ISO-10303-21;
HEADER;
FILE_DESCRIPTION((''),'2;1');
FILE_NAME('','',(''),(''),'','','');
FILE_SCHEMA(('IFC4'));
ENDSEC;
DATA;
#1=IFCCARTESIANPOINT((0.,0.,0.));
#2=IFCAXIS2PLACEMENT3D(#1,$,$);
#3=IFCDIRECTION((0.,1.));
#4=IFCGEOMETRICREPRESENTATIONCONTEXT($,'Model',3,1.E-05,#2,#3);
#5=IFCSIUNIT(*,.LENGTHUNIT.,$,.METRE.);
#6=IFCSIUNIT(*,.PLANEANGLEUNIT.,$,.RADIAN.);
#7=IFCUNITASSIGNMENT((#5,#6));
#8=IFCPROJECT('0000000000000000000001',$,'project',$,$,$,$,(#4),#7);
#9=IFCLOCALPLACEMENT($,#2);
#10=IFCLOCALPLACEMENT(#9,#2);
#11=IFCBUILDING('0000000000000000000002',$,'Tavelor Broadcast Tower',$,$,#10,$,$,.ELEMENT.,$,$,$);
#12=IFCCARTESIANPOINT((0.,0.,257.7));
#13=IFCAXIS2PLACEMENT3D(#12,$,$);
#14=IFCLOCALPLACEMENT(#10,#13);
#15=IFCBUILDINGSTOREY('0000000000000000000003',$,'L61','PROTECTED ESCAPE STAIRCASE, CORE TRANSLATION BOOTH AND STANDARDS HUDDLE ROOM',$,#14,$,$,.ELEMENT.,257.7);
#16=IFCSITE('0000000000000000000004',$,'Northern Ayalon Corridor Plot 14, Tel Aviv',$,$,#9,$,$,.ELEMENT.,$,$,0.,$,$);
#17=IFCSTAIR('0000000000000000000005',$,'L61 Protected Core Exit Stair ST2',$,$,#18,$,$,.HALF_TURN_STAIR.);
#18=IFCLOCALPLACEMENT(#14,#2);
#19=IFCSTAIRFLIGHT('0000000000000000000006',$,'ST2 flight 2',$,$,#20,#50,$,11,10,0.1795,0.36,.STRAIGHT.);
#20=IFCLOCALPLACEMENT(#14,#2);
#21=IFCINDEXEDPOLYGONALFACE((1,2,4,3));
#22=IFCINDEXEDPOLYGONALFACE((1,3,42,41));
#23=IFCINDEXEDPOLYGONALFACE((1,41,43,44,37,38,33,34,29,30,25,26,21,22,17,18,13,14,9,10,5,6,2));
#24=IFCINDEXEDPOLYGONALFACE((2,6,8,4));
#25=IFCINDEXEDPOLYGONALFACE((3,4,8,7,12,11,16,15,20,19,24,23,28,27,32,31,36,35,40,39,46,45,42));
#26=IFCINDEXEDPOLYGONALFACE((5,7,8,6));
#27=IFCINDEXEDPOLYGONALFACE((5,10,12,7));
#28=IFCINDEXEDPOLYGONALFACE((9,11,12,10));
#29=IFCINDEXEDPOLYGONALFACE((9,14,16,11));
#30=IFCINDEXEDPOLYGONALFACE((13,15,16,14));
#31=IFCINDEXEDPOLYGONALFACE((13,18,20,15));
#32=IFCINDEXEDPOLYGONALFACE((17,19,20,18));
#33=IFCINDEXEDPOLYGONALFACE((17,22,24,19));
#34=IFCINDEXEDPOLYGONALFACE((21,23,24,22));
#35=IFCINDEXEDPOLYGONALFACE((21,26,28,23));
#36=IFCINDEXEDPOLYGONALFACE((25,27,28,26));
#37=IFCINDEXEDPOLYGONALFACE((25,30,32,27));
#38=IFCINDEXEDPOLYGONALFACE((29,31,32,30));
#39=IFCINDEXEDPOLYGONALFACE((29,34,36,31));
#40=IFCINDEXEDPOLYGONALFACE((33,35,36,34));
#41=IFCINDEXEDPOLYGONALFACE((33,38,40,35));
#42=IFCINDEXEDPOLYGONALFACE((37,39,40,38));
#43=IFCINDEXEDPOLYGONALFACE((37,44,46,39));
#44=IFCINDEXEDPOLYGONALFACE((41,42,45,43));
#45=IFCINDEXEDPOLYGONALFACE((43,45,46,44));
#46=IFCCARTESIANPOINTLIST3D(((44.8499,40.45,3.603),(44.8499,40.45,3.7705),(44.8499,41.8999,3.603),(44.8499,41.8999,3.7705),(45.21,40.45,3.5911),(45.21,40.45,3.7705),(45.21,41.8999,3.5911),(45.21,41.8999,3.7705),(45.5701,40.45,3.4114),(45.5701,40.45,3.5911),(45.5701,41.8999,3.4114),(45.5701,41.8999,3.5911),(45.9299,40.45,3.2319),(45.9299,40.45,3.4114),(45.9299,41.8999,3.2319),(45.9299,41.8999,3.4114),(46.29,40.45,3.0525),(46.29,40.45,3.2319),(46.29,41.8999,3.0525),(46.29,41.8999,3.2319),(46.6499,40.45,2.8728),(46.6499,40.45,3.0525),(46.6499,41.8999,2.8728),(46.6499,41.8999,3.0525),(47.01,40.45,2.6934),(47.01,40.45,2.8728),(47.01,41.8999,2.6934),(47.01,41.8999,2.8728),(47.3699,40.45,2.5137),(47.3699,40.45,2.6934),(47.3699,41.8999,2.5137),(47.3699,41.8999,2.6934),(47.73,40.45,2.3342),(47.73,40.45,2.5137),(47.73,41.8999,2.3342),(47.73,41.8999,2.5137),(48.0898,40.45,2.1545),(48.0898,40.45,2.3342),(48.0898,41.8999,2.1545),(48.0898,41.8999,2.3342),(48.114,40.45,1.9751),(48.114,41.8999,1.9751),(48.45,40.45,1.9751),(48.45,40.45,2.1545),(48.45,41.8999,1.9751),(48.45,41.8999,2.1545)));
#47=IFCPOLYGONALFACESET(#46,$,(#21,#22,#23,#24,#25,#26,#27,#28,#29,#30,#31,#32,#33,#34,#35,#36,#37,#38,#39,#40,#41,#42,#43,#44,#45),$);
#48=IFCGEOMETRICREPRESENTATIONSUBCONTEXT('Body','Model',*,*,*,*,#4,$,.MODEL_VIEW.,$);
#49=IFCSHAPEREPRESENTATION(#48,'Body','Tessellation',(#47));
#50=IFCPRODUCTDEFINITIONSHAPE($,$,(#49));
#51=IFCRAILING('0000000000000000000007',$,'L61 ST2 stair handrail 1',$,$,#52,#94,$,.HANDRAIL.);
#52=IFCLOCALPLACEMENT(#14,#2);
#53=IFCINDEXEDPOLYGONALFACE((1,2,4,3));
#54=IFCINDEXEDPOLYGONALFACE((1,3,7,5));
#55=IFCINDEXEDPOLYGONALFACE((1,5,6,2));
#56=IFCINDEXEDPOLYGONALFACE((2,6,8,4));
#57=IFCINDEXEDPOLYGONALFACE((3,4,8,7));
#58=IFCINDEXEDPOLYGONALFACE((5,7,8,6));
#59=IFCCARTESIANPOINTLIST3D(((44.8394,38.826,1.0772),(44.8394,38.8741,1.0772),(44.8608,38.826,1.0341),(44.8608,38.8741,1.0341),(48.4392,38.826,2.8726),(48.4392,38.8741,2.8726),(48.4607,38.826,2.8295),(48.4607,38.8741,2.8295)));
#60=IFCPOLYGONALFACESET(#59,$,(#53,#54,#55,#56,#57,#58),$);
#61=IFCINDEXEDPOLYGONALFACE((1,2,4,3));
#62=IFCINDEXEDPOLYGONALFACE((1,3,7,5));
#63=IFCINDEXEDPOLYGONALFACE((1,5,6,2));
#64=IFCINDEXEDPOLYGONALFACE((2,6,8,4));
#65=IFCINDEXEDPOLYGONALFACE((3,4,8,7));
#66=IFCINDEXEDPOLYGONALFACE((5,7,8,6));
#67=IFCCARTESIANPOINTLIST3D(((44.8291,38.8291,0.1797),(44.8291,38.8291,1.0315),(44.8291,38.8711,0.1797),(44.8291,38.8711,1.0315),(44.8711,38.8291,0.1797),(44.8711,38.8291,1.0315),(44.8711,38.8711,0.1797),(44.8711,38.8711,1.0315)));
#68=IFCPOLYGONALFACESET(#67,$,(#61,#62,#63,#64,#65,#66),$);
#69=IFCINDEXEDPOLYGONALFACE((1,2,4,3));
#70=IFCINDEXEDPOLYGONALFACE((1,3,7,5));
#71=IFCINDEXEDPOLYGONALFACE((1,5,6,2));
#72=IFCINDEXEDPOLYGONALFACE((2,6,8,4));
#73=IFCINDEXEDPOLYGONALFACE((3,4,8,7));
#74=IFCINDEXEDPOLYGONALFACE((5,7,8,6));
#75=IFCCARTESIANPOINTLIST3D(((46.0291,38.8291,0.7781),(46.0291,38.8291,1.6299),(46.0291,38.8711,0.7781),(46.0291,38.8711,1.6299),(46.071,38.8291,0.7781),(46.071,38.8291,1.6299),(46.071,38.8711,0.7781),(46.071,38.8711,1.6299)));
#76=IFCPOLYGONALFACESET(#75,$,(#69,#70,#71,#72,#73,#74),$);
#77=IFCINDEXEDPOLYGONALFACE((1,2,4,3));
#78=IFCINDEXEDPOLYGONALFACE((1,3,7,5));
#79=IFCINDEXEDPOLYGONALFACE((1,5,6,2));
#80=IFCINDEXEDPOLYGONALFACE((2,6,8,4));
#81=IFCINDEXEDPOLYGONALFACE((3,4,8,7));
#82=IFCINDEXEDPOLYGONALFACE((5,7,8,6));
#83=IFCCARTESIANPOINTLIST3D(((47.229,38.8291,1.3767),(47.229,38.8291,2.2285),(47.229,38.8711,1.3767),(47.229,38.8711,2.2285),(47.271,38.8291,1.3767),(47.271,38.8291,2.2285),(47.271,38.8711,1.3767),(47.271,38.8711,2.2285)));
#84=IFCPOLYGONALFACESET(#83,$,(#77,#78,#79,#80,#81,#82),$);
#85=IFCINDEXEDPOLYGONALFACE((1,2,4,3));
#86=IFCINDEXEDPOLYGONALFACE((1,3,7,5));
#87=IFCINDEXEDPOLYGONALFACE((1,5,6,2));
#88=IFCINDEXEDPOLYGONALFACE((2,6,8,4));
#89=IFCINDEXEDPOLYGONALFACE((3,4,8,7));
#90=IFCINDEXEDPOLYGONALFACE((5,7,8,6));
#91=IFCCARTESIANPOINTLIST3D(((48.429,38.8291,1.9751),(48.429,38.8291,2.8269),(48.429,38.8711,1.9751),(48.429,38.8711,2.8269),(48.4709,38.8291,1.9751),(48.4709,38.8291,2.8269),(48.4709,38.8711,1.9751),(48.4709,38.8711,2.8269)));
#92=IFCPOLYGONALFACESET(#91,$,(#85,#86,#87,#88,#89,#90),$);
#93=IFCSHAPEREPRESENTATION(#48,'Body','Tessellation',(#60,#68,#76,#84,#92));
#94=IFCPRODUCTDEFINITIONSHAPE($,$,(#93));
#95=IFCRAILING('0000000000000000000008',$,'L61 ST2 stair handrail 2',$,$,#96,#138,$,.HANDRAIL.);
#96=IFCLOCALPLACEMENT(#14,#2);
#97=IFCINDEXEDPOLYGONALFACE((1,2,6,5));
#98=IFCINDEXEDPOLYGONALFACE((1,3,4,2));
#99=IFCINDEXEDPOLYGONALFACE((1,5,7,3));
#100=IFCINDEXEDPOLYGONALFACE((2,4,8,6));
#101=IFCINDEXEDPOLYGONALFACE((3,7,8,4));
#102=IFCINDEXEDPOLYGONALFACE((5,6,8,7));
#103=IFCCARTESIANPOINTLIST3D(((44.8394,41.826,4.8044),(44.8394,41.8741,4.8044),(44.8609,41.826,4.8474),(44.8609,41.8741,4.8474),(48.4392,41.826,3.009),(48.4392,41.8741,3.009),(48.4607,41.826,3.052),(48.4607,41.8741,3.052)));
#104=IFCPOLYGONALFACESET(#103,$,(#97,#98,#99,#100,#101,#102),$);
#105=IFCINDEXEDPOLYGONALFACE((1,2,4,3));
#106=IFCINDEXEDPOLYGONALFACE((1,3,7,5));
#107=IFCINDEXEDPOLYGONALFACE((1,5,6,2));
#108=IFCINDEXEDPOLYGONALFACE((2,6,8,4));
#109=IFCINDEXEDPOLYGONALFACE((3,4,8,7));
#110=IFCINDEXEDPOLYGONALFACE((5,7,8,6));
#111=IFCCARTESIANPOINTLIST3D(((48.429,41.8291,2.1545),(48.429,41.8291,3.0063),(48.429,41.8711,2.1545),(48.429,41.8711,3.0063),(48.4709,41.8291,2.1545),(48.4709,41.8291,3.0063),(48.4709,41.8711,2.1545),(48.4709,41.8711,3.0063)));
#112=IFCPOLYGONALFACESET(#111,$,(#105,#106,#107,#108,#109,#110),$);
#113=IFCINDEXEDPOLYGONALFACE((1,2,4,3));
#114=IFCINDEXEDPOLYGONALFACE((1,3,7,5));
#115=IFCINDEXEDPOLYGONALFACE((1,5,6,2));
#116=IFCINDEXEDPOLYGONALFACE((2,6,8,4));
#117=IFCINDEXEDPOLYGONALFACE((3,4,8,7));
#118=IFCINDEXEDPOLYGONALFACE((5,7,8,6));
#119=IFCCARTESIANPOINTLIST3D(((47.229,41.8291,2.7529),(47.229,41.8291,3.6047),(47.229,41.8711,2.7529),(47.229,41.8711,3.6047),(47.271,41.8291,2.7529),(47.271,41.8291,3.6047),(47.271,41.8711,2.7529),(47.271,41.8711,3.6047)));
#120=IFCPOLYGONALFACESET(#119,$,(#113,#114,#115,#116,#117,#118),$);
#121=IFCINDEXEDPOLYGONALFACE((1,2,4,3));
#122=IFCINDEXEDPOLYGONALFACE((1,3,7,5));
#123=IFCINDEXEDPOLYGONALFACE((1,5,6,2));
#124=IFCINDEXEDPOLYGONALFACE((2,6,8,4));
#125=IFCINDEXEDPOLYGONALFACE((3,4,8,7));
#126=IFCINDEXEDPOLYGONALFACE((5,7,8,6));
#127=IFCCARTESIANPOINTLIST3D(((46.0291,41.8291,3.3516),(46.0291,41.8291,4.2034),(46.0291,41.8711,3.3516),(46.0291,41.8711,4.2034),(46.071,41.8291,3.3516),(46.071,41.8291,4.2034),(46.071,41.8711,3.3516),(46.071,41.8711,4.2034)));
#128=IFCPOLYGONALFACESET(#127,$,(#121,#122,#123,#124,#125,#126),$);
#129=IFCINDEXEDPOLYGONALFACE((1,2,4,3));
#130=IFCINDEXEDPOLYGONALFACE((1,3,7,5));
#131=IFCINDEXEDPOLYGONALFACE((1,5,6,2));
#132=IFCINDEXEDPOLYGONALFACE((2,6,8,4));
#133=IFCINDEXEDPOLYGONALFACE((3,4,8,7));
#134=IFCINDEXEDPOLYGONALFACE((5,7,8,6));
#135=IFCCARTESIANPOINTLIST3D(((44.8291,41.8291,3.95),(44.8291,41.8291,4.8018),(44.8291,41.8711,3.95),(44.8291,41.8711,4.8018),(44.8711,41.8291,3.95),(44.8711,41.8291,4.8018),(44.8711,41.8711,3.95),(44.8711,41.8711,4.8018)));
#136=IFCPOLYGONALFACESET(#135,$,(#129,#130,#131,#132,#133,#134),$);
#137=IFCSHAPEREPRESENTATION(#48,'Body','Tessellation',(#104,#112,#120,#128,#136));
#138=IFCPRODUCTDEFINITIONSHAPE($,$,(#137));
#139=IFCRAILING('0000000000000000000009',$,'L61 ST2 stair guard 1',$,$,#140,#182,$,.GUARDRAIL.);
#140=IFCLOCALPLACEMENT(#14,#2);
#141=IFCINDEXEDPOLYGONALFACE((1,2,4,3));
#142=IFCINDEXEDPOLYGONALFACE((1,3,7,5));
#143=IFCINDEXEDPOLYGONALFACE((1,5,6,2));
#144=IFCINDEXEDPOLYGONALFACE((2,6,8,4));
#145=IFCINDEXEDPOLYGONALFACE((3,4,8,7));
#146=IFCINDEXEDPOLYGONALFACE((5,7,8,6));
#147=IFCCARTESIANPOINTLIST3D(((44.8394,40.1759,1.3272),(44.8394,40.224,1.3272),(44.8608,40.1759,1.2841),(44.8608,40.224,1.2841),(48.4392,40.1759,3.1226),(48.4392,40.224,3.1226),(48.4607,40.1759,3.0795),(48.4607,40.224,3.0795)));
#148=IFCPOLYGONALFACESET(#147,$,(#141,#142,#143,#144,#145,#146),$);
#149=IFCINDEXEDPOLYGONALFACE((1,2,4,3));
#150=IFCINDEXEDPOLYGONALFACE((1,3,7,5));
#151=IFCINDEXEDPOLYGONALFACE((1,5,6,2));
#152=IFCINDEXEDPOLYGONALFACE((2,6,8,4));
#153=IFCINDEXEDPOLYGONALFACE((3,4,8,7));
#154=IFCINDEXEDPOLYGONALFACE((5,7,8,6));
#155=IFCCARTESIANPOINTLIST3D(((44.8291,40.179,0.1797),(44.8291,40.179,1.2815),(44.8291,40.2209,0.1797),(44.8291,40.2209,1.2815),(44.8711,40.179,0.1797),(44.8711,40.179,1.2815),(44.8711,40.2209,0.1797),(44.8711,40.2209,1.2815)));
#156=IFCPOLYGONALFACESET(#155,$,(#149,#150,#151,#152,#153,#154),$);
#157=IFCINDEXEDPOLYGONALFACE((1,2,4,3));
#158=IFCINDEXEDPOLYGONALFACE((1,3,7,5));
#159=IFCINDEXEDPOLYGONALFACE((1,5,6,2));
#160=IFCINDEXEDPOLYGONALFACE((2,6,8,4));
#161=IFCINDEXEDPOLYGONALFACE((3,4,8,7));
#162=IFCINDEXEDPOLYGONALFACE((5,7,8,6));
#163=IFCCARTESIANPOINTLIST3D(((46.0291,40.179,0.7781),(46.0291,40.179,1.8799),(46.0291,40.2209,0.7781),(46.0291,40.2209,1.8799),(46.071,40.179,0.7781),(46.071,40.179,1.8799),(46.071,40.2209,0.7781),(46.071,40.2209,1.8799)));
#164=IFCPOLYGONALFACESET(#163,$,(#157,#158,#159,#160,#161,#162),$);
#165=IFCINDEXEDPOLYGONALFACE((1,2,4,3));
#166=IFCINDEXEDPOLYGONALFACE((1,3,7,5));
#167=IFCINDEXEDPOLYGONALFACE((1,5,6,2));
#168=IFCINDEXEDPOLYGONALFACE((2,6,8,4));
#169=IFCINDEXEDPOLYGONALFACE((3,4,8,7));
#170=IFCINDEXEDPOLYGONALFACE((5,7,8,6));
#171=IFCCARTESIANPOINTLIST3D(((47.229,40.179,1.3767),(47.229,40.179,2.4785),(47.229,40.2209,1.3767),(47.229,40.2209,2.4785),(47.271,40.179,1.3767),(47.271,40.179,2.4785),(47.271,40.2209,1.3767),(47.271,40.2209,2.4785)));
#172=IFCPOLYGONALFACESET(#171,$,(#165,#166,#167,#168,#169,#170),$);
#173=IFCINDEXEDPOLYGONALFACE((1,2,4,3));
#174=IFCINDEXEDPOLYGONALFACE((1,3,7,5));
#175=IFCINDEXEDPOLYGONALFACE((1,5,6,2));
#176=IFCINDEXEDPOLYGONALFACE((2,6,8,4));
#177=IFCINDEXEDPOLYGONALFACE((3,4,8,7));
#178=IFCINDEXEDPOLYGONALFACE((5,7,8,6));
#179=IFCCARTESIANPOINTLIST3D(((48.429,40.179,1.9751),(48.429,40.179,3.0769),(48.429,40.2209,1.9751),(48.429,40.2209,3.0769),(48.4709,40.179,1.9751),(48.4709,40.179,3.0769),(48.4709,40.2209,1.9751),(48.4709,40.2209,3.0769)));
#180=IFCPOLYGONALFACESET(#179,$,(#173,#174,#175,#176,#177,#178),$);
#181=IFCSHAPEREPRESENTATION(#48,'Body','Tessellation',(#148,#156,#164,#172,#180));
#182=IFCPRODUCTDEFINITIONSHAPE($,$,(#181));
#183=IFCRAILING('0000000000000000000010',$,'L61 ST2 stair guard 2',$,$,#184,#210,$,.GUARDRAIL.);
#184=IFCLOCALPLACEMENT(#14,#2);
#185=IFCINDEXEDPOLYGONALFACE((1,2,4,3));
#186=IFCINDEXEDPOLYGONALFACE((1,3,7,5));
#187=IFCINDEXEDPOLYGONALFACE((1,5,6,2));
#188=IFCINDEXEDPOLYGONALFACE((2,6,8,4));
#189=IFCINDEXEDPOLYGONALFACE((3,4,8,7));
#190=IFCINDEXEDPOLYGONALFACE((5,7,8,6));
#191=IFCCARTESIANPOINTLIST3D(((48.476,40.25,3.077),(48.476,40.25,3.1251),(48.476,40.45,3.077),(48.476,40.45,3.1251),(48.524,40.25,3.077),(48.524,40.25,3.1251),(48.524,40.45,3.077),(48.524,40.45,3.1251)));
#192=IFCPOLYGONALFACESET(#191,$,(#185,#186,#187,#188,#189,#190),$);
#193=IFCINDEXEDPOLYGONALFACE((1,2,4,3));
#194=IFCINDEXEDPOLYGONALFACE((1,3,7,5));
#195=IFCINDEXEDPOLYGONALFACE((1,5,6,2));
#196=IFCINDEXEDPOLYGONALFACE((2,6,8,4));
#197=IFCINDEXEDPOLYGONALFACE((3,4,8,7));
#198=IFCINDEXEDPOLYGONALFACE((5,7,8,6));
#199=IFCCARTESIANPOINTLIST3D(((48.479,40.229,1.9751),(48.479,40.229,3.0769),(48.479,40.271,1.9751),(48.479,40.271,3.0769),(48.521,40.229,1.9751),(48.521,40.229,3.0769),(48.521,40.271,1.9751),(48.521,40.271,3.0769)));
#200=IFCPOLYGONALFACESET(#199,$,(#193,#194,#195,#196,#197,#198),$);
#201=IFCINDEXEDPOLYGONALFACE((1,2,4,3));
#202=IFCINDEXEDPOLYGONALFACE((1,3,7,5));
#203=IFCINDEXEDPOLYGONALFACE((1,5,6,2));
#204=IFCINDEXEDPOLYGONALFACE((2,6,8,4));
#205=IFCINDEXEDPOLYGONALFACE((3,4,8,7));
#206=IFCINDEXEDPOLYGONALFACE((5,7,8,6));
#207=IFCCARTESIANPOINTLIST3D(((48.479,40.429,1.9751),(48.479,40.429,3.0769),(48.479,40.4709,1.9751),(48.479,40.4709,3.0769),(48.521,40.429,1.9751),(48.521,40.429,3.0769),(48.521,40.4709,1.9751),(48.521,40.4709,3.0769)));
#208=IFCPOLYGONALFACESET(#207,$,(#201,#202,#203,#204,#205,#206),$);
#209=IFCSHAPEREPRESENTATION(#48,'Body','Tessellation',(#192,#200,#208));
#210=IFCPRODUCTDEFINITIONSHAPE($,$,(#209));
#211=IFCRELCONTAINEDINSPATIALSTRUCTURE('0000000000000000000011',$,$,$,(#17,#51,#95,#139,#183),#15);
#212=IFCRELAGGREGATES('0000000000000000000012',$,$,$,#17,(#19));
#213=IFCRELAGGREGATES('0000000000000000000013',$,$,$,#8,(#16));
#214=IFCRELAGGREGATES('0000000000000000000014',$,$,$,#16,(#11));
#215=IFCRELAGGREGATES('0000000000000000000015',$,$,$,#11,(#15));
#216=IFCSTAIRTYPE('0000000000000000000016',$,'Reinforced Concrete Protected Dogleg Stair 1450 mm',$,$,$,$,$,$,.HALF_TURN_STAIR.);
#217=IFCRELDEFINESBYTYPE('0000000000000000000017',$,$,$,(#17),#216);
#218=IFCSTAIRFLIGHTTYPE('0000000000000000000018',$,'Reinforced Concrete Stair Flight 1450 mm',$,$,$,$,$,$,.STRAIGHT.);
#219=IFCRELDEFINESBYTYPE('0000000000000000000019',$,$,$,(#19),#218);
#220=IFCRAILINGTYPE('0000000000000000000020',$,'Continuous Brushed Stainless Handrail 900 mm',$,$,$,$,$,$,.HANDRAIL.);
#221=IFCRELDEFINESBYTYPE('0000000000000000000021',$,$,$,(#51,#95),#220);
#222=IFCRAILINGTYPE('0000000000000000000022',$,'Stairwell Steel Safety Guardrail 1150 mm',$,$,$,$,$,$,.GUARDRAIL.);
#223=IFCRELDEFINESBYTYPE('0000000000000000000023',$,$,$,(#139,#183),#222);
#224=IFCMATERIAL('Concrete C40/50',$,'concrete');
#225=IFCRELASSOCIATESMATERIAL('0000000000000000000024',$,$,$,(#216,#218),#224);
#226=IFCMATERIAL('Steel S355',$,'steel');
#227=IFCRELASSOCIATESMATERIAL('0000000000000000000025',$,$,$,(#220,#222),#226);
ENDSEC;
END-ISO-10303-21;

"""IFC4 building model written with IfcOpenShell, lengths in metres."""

from ifc_helpers import new_model, si_unit, direction, frame, origin, origin_2d, place, context, subcontext, project, spatial, polyline, rectangle, outline, extrude, material, type_object, element, aggregate, save


model = new_model("IFC4")

# Units and contexts
model_context = context("Model", 3, precision=1e-05, world=origin(), true_north=direction((0.0, 1.0)))
body_context = subcontext(model_context, "Body", "Model", "MODEL_VIEW")
ifc_project = project(units=[si_unit("LENGTHUNIT", "METRE"), si_unit("PLANEANGLEUNIT", "RADIAN")], contexts=[model_context])

# Site, building, storey
site_placement = place(None, origin())
site = spatial("IfcSite", under=ifc_project, at=site_placement, Name="Northern Ayalon Corridor Plot 14, Tel Aviv", CompositionType="ELEMENT", RefElevation=0.0)
building_placement = place(site_placement, origin())
building = spatial("IfcBuilding", under=site, at=building_placement, Name="Tavelor Broadcast Tower", CompositionType="ELEMENT")
storey_placement = place(building_placement, frame((0.0, 0.0, 257.7)))
storey = spatial("IfcBuildingStorey", under=building, at=storey_placement, Name="L61", Description="PROTECTED ESCAPE STAIRCASE, CORE TRANSLATION BOOTH AND STANDARDS HUDDLE ROOM", CompositionType="ELEMENT", Elevation=257.7)

# Shared definitions
ifc_material_1 = material(Name="Concrete C40/50", Category="concrete")
ifc_material_2 = material(Name="Steel S355", Category="steel")

# Stair, stair flight
stair_type = type_object("IfcStairType", Name="Reinforced Concrete Protected Dogleg Stair 1450 mm", PredefinedType="HALF_TURN_STAIR", material=ifc_material_1)
stair_placement = place(storey_placement, origin())
stair = element("IfcStair", 1, at=stair_placement, inside=storey, type_object=stair_type, Name="L61 Protected Core Exit Stair ST2", PredefinedType="HALF_TURN_STAIR")
stair_flight_type = type_object("IfcStairFlightType", Name="Reinforced Concrete Stair Flight 1450 mm", PredefinedType="STRAIGHT", material=ifc_material_1)
stair_flight_1_placement = place(storey_placement, frame((48.45, 41.175, 1.9751), z_axis=(0.0, 0.0, 1.0), x_axis=(-1.0, 0.0, 0.0)))
stair_flight_1 = element("IfcStairFlight", 2, at=stair_flight_1_placement, type_object=stair_flight_type, Name="ST2 flight 2", NumberOfRisers=11, NumberOfTreads=10, PredefinedType="STRAIGHT", RiserHeight=0.1795, TreadLength=0.36, context=body_context, shape_type="SweptSolid", body=[
    extrude(outline(polyline([(0.0, 0.0), (0.0, 0.1794), (0.3601, 0.1794), (0.3601, 0.3591), (0.72, 0.3591), (0.72, 0.5386), (1.0801, 0.5386), (1.0801, 0.7183), (1.4399, 0.7183), (1.4399, 0.8977), (1.8, 0.8977), (1.8, 1.0774), (2.1599, 1.0774), (2.1599, 1.2568), (2.52, 1.2568), (2.52, 1.4363), (2.8799, 1.4363), (2.8799, 1.616), (3.24, 1.616), (3.24, 1.7954), (3.6001, 1.7954), (3.6001, 1.9751), (3.6001, 1.6279), (0.3359, 0.0), (0.0, 0.0)])), frame((0.0, 0.7251, 0.0), z_axis=(0.0, -1.0, 0.0), x_axis=(1.0, 0.0, 0.0)), (0.0, 0.0, 1.0), 1.45),
])
aggregate(stair, [stair_flight_1])

# Railings
railing_type_1 = type_object("IfcRailingType", Name="Continuous Brushed Stainless Handrail 900 mm", PredefinedType="HANDRAIL", material=ifc_material_2)
railing_1_placement = place(storey_placement, frame((44.8501, 38.8501, 0.1797)))
element("IfcRailing", 3, at=railing_1_placement, inside=storey, type_object=railing_type_1, Name="L61 ST2 stair handrail 1", PredefinedType="HANDRAIL", context=body_context, shape_type="SweptSolid", body=[
    extrude(rectangle(XDim=0.0481, YDim=0.0481, at=origin_2d()), frame((0.0, 0.0, 0.876), z_axis=(0.894876, 0.0, 0.446315), x_axis=(0.0, 1.0, 0.0)), (0.0, 0.0, 1.0), 4.0227),
    extrude(rectangle(XDim=0.042, YDim=0.042, at=origin_2d()), origin(), (0.0, 0.0, 1.0), 0.8518),
    extrude(rectangle(XDim=0.042, YDim=0.042, at=origin_2d()), frame((1.2, 0.0, 0.5984)), (0.0, 0.0, 1.0), 0.8518),
    extrude(rectangle(XDim=0.042, YDim=0.042, at=origin_2d()), frame((2.3999, 0.0, 1.197)), (0.0, 0.0, 1.0), 0.8518),
    extrude(rectangle(XDim=0.042, YDim=0.042, at=origin_2d()), frame((3.5999, 0.0, 1.7954)), (0.0, 0.0, 1.0), 0.8518),
])
railing_2_placement = place(storey_placement, frame((48.45, 41.8501, 2.1545)))
element("IfcRailing", 4, at=railing_2_placement, inside=storey, type_object=railing_type_1, Name="L61 ST2 stair handrail 2", PredefinedType="HANDRAIL", context=body_context, shape_type="SweptSolid", body=[
    extrude(rectangle(XDim=0.0481, YDim=0.0481, at=origin_2d()), frame((0.0, 0.0, 0.876), z_axis=(-0.894876, 0.0, 0.446315), x_axis=(0.0, -1.0, 0.0)), (0.0, 0.0, 1.0), 4.0227),
    extrude(rectangle(XDim=0.042, YDim=0.042, at=origin_2d()), origin(), (0.0, 0.0, 1.0), 0.8518),
    extrude(rectangle(XDim=0.042, YDim=0.042, at=origin_2d()), frame((-1.2, 0.0, 0.5984)), (0.0, 0.0, 1.0), 0.8518),
    extrude(rectangle(XDim=0.042, YDim=0.042, at=origin_2d()), frame((-2.3999, 0.0, 1.197)), (0.0, 0.0, 1.0), 0.8518),
    extrude(rectangle(XDim=0.042, YDim=0.042, at=origin_2d()), frame((-3.5999, 0.0, 1.7954)), (0.0, 0.0, 1.0), 0.8518),
])
railing_type_2 = type_object("IfcRailingType", Name="Stairwell Steel Safety Guardrail 1150 mm", PredefinedType="GUARDRAIL", material=ifc_material_2)
railing_3_placement = place(storey_placement, frame((44.8501, 40.2, 0.1797)))
element("IfcRailing", 5, at=railing_3_placement, inside=storey, type_object=railing_type_2, Name="L61 ST2 stair guard 1", PredefinedType="GUARDRAIL", context=body_context, shape_type="SweptSolid", body=[
    extrude(rectangle(XDim=0.0481, YDim=0.0481, at=origin_2d()), frame((0.0, 0.0, 1.126), z_axis=(0.894876, 0.0, 0.446315), x_axis=(0.0, 1.0, 0.0)), (0.0, 0.0, 1.0), 4.0227),
    extrude(rectangle(XDim=0.042, YDim=0.042, at=origin_2d()), origin(), (0.0, 0.0, 1.0), 1.1018),
    extrude(rectangle(XDim=0.042, YDim=0.042, at=origin_2d()), frame((1.2, 0.0, 0.5984)), (0.0, 0.0, 1.0), 1.1018),
    extrude(rectangle(XDim=0.042, YDim=0.042, at=origin_2d()), frame((2.3999, 0.0, 1.197)), (0.0, 0.0, 1.0), 1.1018),
    extrude(rectangle(XDim=0.042, YDim=0.042, at=origin_2d()), frame((3.5999, 0.0, 1.7954)), (0.0, 0.0, 1.0), 1.1018),
])
railing_4_placement = place(storey_placement, frame((48.5, 40.25, 1.9751)))
element("IfcRailing", 6, at=railing_4_placement, inside=storey, type_object=railing_type_2, Name="L61 ST2 stair guard 2", PredefinedType="GUARDRAIL", context=body_context, shape_type="SweptSolid", body=[
    extrude(rectangle(XDim=0.0481, YDim=0.0481, at=origin_2d()), frame((0.0, 0.0, 1.126), z_axis=(0.0, 1.0, 0.0), x_axis=(-1.0, 0.0, 0.0)), (0.0, 0.0, 1.0), 0.2),
    extrude(rectangle(XDim=0.042, YDim=0.042, at=origin_2d()), origin(), (0.0, 0.0, 1.0), 1.1018),
    extrude(rectangle(XDim=0.042, YDim=0.042, at=origin_2d()), frame((0.0, 0.2, 0.0)), (0.0, 0.0, 1.0), 1.1018),
])

save(model, "model.ifc")
